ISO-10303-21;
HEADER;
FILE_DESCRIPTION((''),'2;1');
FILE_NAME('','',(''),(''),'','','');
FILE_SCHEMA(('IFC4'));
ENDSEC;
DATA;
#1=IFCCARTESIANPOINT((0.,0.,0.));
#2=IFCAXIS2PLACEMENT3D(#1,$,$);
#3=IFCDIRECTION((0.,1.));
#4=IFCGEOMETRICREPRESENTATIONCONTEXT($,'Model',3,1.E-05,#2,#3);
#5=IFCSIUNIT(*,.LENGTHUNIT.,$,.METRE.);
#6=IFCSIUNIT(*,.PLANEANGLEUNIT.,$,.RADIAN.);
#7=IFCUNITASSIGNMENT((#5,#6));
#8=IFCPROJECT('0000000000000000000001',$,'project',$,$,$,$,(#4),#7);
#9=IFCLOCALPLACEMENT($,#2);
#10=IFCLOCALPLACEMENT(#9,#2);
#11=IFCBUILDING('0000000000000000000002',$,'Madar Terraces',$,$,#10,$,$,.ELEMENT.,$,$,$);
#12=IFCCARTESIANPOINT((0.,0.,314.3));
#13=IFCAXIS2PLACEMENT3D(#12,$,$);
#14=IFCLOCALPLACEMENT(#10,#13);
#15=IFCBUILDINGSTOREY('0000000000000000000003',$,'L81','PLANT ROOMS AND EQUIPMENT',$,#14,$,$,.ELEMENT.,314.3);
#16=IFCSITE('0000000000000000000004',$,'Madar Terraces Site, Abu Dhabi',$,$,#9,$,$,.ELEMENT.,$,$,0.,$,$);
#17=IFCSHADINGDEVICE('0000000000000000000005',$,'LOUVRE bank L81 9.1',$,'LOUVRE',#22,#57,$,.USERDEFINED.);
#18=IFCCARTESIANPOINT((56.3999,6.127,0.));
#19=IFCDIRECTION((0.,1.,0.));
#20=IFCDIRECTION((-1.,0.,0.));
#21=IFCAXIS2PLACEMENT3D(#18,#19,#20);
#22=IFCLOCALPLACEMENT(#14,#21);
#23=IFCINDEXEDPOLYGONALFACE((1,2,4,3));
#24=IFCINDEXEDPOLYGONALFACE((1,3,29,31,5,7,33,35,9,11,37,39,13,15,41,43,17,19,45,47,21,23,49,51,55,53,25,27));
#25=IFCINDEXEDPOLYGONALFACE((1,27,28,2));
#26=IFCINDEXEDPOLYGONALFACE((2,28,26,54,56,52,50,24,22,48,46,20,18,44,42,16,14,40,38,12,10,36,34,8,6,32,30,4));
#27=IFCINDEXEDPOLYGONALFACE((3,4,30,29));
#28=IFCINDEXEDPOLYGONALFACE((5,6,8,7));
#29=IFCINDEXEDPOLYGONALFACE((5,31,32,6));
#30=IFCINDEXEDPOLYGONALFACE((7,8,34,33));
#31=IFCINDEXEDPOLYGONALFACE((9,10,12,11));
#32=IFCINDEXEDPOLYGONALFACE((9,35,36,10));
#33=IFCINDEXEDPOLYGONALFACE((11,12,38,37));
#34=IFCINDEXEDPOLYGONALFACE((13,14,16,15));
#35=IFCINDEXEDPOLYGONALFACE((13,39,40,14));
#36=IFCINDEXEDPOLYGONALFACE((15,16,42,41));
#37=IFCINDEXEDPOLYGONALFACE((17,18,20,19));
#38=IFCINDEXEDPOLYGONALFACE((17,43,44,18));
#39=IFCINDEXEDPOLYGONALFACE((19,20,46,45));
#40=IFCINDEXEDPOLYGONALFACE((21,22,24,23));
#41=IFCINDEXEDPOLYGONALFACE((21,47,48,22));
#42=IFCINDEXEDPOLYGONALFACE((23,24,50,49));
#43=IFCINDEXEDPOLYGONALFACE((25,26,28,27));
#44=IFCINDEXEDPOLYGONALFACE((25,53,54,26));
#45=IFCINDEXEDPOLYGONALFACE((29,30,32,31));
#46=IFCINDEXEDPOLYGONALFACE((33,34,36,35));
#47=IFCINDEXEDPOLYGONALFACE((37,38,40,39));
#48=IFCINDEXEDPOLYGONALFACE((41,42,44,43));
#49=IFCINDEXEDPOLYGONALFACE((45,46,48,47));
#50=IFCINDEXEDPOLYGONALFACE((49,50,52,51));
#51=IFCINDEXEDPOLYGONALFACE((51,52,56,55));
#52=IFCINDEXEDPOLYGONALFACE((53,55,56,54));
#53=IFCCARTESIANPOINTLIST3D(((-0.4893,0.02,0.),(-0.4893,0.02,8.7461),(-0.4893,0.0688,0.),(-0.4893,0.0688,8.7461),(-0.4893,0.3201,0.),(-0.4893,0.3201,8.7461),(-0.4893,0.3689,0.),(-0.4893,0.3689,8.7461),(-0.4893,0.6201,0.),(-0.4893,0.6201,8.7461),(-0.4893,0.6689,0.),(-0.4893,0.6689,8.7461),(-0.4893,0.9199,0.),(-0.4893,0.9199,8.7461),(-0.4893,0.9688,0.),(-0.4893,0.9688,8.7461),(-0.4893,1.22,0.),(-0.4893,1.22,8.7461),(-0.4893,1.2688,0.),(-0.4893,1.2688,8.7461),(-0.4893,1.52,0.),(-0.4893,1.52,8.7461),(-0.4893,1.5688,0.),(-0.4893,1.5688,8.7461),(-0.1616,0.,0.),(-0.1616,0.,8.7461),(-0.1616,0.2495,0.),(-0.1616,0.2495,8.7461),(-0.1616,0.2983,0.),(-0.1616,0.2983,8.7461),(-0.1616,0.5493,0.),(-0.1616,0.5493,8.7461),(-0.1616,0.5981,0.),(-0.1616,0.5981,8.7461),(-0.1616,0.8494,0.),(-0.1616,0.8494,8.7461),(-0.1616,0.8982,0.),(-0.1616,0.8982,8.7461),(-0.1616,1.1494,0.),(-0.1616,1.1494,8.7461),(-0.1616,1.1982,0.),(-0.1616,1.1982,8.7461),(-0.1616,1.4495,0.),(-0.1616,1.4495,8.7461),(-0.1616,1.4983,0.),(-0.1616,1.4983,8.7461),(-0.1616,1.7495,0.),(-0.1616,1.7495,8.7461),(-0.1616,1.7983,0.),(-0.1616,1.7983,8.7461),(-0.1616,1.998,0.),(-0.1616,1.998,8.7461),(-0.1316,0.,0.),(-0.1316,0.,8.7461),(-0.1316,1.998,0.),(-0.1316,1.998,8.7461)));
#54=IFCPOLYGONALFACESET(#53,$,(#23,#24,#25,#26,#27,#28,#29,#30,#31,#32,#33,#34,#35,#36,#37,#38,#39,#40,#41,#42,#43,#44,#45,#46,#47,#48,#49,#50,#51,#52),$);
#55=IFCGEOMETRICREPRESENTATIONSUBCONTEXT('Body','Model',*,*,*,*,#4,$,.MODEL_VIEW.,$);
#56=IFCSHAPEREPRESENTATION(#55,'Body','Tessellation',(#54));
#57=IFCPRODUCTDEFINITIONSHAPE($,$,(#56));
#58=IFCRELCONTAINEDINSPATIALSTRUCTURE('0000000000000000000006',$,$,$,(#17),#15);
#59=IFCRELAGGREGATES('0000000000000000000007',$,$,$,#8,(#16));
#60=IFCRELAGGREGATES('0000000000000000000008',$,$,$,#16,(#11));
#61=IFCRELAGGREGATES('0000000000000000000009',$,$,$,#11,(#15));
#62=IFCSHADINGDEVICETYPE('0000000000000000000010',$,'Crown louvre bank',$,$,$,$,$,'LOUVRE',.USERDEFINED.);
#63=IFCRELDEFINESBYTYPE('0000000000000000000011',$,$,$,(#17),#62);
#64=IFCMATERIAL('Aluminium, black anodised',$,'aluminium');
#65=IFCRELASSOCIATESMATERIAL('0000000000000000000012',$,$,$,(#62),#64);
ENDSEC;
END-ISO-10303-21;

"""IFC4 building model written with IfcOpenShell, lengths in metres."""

from ifc_helpers import new_model, si_unit, direction, frame, origin, place, context, subcontext, project, spatial, polyline, outline, extrude, material, type_object, element, save


model = new_model("IFC4")

# Units and contexts
model_context = context("Model", 3, precision=1e-05, world=origin(), true_north=direction((0.0, 1.0)))
body_context = subcontext(model_context, "Body", "Model", "MODEL_VIEW")
ifc_project = project(units=[si_unit("LENGTHUNIT", "METRE"), si_unit("PLANEANGLEUNIT", "RADIAN")], contexts=[model_context])

# Site, building, storey
site_placement = place(None, origin())
site = spatial("IfcSite", under=ifc_project, at=site_placement, Name="Madar Terraces Site, Abu Dhabi", CompositionType="ELEMENT", RefElevation=0.0)
building_placement = place(site_placement, origin())
building = spatial("IfcBuilding", under=site, at=building_placement, Name="Madar Terraces", CompositionType="ELEMENT")
storey_placement = place(building_placement, frame((0.0, 0.0, 314.3)))
storey = spatial("IfcBuildingStorey", under=building, at=storey_placement, Name="L81", Description="PLANT ROOMS AND EQUIPMENT", CompositionType="ELEMENT", Elevation=314.3)

# Shading device
ifc_material_1 = material(Name="Aluminium, black anodised", Category="aluminium")
shading_device_type = type_object("IfcShadingDeviceType", Name="Crown louvre bank", ElementType="LOUVRE", PredefinedType="USERDEFINED", material=ifc_material_1)
shading_device_1_placement = place(storey_placement, frame((56.3999, 6.127, 0.0), z_axis=(0.0, 1.0, 0.0), x_axis=(-1.0, 0.0, 0.0)))
element("IfcShadingDevice", 1, at=shading_device_1_placement, inside=storey, type_object=shading_device_type, Name="LOUVRE bank L81 9.1", ObjectType="LOUVRE", PredefinedType="USERDEFINED", context=body_context, shape_type="SweptSolid", body=[
    extrude(outline(polyline([(-0.1316, 0.0), (-0.1616, 0.0), (-0.1616, 0.2495), (-0.4893, 0.02), (-0.4893, 0.0688), (-0.1616, 0.2983), (-0.1616, 0.5493), (-0.4893, 0.3201), (-0.4893, 0.3689), (-0.1616, 0.5981), (-0.1616, 0.8494), (-0.4893, 0.6201), (-0.4893, 0.6689), (-0.1616, 0.8982), (-0.1616, 1.1494), (-0.4893, 0.9199), (-0.4893, 0.9688), (-0.1616, 1.1982), (-0.1616, 1.4495), (-0.4893, 1.22), (-0.4893, 1.2688), (-0.1616, 1.4983), (-0.1616, 1.7495), (-0.4893, 1.52), (-0.4893, 1.5688), (-0.1616, 1.7983), (-0.1616, 1.998), (-0.1316, 1.998), (-0.1316, 0.0)])), origin(), (0.0, 0.0, 1.0), 8.7461),
])

save(model, "model.ifc")
